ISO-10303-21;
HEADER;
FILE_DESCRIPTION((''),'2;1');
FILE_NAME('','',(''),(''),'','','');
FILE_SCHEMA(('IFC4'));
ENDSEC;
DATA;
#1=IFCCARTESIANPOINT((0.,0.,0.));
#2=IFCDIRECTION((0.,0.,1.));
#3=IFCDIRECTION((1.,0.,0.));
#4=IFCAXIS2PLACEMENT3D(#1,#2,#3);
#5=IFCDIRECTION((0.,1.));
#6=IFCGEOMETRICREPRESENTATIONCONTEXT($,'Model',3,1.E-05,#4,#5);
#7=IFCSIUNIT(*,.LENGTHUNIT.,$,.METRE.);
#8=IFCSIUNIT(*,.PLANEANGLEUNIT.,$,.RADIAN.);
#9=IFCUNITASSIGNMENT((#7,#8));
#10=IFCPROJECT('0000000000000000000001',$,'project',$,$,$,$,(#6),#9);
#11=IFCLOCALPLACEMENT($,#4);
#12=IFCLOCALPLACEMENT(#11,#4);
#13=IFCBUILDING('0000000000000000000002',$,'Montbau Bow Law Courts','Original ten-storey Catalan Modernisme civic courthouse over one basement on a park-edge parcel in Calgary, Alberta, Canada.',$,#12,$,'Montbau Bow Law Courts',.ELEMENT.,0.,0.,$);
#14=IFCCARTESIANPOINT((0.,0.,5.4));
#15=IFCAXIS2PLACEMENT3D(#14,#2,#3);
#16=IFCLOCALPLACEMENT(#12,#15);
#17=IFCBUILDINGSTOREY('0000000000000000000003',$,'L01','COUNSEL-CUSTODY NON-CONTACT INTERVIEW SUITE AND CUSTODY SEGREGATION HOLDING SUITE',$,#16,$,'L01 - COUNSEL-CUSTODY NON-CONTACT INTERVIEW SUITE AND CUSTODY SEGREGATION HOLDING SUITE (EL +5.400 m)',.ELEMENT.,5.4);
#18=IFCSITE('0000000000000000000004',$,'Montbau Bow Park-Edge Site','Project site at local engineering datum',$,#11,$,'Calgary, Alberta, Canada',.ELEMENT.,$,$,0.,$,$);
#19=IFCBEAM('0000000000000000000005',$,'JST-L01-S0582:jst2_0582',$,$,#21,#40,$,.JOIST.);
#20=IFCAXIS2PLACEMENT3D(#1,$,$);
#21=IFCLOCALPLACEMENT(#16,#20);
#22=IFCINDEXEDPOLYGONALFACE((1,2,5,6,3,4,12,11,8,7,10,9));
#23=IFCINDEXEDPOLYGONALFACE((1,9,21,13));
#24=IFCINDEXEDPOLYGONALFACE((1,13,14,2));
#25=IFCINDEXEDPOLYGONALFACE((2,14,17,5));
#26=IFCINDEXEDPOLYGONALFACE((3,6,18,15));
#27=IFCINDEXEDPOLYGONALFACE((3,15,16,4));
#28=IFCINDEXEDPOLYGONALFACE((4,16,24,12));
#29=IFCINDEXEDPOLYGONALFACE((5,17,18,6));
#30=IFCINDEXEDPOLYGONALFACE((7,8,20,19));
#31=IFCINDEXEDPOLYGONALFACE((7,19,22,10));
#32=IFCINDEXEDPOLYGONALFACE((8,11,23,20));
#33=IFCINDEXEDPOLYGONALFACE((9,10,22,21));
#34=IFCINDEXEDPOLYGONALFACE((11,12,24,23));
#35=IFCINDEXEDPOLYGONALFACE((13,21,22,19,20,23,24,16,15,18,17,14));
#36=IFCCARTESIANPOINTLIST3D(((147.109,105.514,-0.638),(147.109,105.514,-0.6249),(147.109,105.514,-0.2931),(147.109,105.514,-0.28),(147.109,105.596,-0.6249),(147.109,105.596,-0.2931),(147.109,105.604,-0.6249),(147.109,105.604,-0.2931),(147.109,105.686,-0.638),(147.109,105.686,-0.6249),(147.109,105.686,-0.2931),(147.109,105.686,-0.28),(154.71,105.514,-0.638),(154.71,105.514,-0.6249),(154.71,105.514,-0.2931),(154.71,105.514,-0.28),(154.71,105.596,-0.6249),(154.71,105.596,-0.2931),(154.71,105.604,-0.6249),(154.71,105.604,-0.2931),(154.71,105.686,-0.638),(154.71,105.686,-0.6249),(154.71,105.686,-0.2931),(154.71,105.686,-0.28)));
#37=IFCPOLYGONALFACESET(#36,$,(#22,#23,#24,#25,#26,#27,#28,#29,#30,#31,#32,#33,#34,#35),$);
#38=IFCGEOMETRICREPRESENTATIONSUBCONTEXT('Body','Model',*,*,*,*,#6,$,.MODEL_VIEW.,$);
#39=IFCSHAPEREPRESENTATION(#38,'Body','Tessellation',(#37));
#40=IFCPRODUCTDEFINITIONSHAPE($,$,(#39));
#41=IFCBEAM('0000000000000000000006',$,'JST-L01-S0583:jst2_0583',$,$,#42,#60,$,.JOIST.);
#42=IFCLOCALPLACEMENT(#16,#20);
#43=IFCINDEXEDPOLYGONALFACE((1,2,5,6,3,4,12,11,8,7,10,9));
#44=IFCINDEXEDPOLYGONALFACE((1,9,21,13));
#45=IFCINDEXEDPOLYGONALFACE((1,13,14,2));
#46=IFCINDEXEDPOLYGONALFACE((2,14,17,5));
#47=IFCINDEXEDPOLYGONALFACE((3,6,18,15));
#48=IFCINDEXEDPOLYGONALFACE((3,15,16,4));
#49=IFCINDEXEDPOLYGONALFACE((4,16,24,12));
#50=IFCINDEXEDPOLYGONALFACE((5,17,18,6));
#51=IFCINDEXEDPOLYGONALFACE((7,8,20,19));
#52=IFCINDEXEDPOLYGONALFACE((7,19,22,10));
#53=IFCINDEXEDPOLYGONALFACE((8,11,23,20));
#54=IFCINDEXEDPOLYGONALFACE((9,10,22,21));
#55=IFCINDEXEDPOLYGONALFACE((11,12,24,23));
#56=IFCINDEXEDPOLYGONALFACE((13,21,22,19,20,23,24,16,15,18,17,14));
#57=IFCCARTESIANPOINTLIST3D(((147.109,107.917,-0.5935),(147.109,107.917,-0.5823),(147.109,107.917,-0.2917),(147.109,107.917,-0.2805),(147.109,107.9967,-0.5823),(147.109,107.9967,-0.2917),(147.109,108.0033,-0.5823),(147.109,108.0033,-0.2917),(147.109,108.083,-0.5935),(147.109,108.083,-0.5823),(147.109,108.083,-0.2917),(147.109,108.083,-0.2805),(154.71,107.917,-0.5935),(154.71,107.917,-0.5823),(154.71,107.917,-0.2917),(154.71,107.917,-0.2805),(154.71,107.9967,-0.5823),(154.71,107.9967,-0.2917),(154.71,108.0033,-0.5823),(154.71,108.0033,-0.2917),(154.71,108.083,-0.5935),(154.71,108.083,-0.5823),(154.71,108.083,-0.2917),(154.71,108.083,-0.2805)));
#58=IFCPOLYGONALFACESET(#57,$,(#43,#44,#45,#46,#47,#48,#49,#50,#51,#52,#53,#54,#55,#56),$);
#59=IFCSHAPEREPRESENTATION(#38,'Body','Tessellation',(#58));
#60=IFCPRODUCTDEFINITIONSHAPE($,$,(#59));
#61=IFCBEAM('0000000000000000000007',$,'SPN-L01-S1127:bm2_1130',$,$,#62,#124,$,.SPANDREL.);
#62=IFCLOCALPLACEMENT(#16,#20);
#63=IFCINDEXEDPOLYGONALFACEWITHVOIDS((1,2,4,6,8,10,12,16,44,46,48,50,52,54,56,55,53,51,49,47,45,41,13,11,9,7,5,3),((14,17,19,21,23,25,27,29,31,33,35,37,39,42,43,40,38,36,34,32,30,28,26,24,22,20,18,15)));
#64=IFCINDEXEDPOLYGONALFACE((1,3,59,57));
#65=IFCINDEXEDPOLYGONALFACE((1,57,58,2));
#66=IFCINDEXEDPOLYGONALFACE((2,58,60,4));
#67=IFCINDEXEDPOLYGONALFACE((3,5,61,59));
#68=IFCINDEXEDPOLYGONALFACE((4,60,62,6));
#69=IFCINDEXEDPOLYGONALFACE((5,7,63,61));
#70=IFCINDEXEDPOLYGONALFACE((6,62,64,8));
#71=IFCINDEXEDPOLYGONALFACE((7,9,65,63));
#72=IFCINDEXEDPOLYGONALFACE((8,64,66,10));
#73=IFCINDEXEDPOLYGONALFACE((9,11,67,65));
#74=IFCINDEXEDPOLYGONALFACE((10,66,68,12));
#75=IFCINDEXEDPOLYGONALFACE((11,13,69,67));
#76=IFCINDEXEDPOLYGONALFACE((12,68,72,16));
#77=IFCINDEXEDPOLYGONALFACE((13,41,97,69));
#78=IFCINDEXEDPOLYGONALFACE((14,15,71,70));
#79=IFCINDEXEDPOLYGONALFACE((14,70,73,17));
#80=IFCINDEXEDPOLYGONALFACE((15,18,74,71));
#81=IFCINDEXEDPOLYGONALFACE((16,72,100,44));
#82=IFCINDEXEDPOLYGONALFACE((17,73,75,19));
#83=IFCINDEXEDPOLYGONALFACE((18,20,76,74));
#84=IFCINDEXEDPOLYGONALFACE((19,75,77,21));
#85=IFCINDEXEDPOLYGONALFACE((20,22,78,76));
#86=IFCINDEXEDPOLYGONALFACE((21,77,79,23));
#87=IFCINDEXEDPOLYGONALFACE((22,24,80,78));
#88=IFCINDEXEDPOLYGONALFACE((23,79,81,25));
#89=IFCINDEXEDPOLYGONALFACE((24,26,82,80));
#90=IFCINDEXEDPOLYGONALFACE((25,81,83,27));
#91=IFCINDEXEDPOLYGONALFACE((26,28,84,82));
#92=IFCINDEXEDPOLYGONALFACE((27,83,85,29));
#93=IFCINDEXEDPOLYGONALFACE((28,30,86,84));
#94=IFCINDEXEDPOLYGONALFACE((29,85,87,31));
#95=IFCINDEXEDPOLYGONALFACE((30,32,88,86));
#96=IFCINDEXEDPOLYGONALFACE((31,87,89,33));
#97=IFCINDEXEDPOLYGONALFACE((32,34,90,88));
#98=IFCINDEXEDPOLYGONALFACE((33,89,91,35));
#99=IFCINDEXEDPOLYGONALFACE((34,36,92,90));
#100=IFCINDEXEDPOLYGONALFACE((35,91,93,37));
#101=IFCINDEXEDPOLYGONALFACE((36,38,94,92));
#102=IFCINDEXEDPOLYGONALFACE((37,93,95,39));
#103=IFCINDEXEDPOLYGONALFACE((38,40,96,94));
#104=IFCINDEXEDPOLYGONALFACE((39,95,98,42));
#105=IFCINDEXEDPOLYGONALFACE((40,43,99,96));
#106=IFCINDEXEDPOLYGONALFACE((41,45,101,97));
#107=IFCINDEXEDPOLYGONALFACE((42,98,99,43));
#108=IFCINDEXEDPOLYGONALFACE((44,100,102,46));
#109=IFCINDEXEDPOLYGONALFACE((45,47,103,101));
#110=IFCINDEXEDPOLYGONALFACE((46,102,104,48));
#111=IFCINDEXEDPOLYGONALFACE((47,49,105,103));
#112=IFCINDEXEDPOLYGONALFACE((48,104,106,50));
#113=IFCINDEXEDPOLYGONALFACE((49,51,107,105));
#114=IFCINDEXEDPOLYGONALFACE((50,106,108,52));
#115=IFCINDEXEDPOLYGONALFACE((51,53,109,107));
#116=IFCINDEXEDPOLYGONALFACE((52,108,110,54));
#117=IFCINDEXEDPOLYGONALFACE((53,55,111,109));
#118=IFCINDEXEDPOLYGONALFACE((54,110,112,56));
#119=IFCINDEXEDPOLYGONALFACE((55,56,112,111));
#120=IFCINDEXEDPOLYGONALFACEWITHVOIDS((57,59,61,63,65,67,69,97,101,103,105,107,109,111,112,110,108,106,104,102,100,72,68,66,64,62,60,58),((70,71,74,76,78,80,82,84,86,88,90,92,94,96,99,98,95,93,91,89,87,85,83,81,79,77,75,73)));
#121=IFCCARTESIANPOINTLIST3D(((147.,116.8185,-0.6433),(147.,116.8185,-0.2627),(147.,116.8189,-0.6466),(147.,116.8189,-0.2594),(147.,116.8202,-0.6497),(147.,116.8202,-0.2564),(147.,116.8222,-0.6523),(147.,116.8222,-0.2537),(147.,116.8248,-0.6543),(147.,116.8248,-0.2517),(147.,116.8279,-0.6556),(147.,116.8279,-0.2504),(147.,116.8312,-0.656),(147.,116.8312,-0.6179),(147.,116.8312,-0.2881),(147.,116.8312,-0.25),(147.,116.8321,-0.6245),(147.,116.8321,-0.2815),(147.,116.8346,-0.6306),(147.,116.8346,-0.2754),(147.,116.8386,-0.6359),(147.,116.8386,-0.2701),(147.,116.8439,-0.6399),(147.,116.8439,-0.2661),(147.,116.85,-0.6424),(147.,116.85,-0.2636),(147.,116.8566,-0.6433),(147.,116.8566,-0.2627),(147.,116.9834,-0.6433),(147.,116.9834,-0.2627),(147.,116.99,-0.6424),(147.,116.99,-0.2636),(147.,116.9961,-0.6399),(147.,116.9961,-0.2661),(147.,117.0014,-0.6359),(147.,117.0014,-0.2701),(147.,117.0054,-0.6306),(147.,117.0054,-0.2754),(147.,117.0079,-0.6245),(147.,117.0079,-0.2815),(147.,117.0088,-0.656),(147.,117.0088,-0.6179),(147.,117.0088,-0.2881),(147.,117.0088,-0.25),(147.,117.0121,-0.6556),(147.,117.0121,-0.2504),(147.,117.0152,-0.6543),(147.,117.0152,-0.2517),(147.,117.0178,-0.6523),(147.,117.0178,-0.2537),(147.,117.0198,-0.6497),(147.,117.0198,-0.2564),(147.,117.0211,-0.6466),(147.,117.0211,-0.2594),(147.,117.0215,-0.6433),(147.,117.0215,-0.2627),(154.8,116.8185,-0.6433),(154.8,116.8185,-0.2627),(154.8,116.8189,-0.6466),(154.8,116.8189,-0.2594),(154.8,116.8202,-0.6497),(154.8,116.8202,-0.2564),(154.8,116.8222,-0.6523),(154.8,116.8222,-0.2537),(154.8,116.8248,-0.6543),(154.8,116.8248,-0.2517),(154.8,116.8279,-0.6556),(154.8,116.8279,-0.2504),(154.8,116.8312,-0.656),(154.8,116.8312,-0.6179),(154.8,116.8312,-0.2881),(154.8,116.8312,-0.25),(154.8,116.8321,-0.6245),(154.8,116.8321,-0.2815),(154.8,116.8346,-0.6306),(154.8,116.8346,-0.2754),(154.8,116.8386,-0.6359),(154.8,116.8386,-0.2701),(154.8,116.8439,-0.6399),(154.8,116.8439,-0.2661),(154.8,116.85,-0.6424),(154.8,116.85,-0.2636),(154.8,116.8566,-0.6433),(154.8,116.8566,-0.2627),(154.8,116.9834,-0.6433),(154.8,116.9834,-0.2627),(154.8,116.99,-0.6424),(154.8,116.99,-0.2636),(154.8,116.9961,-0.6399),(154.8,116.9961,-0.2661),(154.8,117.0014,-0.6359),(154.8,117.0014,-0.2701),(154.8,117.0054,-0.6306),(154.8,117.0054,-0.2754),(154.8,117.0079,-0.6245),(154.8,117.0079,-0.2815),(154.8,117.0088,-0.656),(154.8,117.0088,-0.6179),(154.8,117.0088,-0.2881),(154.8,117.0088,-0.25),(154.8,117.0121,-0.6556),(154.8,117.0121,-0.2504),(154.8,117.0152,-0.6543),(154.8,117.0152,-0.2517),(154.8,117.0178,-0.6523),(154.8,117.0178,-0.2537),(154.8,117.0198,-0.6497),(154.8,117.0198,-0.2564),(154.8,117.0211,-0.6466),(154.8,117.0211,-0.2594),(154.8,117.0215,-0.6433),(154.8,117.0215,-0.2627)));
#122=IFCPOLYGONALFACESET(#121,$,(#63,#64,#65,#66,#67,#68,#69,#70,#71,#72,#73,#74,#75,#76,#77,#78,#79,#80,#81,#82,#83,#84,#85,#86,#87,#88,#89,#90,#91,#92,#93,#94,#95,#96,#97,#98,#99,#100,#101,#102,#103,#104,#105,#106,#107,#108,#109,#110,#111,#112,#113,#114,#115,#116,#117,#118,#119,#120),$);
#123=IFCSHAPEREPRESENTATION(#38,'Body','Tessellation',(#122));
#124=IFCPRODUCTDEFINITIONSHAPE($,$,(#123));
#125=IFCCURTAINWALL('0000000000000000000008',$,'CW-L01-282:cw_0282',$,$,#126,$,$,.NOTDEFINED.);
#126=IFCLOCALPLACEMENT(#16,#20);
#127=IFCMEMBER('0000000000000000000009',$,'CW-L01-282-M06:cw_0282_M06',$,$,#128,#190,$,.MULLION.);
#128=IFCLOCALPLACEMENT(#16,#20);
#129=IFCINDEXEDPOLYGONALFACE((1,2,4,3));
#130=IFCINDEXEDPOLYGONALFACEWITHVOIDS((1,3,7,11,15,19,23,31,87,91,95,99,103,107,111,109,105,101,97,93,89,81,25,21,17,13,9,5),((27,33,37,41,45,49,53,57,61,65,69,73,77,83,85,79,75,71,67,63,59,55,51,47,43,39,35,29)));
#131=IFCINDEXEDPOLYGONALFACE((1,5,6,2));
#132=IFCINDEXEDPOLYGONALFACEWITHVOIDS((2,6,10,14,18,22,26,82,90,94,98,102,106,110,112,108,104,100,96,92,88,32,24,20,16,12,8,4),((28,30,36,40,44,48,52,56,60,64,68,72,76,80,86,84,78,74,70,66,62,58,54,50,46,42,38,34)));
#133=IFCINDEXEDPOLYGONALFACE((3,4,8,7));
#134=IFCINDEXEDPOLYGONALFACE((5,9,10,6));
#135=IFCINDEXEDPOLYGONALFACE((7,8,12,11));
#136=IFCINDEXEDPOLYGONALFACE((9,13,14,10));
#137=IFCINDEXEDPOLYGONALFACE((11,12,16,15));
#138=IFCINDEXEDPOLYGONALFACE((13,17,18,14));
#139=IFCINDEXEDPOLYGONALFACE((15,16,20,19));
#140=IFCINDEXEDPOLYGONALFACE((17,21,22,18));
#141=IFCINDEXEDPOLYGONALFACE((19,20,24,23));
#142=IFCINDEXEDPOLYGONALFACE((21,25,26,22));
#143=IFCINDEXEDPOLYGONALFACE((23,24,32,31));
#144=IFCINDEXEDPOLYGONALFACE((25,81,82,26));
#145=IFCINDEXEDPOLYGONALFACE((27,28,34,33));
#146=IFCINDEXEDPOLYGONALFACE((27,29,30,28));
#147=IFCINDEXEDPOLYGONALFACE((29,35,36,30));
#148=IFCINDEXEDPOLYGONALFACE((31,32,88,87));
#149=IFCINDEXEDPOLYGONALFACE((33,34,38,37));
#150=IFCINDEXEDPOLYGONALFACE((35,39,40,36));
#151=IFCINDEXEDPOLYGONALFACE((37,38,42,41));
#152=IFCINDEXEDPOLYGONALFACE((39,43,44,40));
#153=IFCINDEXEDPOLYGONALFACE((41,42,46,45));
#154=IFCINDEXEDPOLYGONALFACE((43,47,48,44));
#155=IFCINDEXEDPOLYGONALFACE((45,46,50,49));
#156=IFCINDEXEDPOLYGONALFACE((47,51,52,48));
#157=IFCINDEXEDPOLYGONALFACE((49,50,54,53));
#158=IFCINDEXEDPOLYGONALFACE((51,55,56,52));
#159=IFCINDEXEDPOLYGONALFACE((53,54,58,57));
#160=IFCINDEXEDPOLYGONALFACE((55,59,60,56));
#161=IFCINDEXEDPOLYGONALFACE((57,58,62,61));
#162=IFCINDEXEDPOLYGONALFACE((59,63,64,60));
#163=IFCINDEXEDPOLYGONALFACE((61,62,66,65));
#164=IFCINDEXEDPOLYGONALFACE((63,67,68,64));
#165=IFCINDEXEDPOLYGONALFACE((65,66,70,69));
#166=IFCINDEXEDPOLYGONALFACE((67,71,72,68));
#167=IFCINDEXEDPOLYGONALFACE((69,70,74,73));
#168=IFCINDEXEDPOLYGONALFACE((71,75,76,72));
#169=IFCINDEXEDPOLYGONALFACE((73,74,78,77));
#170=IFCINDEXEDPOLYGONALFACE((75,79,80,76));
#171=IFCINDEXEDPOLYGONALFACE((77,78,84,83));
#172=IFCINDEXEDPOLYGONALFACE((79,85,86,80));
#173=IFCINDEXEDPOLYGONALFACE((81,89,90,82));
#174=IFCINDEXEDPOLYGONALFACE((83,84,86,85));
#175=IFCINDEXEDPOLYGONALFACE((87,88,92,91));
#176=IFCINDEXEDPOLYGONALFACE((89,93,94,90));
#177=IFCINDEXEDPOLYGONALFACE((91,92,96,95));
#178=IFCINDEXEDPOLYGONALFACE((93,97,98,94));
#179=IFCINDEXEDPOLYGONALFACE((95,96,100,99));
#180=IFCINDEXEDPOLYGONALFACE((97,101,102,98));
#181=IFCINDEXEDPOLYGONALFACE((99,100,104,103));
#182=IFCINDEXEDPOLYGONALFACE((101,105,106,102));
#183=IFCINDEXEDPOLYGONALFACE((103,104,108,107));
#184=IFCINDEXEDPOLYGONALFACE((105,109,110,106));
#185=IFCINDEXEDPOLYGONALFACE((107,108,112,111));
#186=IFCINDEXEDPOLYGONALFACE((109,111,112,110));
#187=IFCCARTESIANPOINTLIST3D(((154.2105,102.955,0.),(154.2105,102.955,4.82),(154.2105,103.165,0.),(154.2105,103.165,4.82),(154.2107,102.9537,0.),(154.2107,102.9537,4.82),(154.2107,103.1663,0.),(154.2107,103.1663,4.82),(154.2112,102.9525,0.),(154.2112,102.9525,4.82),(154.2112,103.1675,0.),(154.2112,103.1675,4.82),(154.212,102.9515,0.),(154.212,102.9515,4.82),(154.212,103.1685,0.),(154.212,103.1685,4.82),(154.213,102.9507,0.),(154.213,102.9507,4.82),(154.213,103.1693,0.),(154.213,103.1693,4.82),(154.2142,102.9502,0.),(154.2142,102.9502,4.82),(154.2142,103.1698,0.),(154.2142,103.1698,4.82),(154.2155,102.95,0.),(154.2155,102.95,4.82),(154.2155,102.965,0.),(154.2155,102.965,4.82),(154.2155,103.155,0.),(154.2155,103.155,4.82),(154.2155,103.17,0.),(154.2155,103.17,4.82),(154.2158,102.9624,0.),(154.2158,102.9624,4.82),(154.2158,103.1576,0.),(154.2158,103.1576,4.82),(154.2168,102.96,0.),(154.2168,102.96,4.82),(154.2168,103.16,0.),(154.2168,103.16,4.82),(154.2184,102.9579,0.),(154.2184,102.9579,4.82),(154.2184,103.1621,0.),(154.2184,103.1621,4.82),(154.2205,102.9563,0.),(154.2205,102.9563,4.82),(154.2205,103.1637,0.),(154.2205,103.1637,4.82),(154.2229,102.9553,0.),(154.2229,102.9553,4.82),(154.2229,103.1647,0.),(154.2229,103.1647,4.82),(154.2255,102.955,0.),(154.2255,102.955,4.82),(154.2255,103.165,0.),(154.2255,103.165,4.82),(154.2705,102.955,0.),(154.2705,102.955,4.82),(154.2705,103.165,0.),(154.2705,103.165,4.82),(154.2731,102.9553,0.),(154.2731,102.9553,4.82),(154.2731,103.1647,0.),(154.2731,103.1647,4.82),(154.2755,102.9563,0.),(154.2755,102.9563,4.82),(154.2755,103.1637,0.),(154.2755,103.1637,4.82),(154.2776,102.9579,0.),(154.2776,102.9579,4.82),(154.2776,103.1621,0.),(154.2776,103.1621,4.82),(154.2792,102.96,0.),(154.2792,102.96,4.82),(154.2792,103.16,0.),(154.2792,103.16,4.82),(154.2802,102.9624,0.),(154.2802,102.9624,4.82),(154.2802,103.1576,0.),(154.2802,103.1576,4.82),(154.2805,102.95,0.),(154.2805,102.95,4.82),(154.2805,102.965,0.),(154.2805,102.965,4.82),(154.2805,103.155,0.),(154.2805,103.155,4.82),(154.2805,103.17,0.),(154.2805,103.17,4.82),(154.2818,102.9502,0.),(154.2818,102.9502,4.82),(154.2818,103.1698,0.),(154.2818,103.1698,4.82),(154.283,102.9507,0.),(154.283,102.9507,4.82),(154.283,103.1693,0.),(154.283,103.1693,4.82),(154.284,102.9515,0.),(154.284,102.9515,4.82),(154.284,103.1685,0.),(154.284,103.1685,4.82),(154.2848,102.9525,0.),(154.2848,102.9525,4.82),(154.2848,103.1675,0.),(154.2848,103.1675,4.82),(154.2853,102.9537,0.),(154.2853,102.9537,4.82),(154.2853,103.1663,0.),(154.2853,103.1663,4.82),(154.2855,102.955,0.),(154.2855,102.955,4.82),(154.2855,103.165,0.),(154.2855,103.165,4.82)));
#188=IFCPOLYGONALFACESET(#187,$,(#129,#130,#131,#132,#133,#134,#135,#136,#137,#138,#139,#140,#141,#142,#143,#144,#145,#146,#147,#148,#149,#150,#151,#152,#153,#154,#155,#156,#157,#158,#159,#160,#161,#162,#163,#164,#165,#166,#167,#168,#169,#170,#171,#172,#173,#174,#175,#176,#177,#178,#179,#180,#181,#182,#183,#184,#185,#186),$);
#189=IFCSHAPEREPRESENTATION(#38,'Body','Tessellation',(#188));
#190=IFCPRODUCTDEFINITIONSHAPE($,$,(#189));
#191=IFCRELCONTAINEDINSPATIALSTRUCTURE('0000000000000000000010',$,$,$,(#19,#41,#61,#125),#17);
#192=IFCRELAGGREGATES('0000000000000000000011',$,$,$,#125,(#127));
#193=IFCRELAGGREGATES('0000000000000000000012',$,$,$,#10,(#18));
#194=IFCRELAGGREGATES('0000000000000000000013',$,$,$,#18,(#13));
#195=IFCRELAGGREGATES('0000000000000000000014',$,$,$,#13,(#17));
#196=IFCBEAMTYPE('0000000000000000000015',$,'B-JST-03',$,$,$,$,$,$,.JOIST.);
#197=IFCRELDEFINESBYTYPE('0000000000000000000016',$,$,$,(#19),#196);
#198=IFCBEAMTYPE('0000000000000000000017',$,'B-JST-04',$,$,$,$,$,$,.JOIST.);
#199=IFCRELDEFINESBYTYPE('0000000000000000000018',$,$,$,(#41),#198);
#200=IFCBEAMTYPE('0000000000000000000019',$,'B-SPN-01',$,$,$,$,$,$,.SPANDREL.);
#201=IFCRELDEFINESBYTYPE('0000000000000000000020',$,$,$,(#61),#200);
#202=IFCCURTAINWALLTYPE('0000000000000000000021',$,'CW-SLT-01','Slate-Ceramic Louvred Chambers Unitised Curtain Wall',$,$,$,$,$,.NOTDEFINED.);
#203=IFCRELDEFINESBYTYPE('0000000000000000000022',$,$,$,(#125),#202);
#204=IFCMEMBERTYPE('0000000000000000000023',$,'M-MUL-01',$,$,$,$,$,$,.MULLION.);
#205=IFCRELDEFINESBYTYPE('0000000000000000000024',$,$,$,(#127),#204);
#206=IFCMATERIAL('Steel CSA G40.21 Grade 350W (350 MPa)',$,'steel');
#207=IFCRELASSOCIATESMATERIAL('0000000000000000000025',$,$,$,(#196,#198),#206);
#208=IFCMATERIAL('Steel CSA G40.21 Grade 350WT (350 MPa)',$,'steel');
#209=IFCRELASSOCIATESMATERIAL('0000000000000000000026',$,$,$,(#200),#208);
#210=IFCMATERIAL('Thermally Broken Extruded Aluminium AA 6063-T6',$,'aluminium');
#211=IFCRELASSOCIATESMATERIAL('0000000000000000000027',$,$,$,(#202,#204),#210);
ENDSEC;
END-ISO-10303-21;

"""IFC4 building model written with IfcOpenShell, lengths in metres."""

from ifc_helpers import new_model, si_unit, direction, frame, origin_with_axes, origin_2d_with_axis, place, context, subcontext, project, spatial, hollow_rectangle, i_section, extrude, material, material_profile, profile_set, type_object, element, aggregate, save


model = new_model("IFC4")

# Units and contexts
model_context = context("Model", 3, precision=1e-05, world=origin_with_axes(), true_north=direction((0.0, 1.0)))
body_context = subcontext(model_context, "Body", "Model", "MODEL_VIEW")
ifc_project = project(units=[si_unit("LENGTHUNIT", "METRE"), si_unit("PLANEANGLEUNIT", "RADIAN")], contexts=[model_context])

# Site, building, storey
site_placement = place(None, origin_with_axes())
site = spatial("IfcSite", under=ifc_project, at=site_placement, Name="Montbau Bow Park-Edge Site", Description="Project site at local engineering datum", LongName="Calgary, Alberta, Canada", CompositionType="ELEMENT", RefElevation=0.0)
building_placement = place(site_placement, origin_with_axes())
building = spatial("IfcBuilding", under=site, at=building_placement, Name="Montbau Bow Law Courts", Description="Original ten-storey Catalan Modernisme civic courthouse over one basement on a park-edge parcel in Calgary, Alberta, Canada.", LongName="Montbau Bow Law Courts", CompositionType="ELEMENT", ElevationOfRefHeight=0.0, ElevationOfTerrain=0.0)
storey_placement = place(building_placement, frame((0.0, 0.0, 5.4), z_axis=(0.0, 0.0, 1.0), x_axis=(1.0, 0.0, 0.0)))
storey = spatial("IfcBuildingStorey", under=building, at=storey_placement, Name="L01", Description="COUNSEL-CUSTODY NON-CONTACT INTERVIEW SUITE AND CUSTODY SEGREGATION HOLDING SUITE", LongName="L01 - COUNSEL-CUSTODY NON-CONTACT INTERVIEW SUITE AND CUSTODY SEGREGATION HOLDING SUITE (EL +5.400 m)", CompositionType="ELEMENT", Elevation=5.4)

# Beams
ifc_material_1 = material(Name="Steel CSA G40.21 Grade 350W (350 MPa)", Category="steel")
ifc_material_profile_1 = material_profile(ifc_material_1, i_section(OverallWidth=0.172, OverallDepth=0.358, WebThickness=0.0079, FlangeThickness=0.0131, at=origin_2d_with_axis()), Name="W360X57", Category="Main", Priority=0)
ifc_profile_set_1 = profile_set([ifc_material_profile_1], Name="Steel CSA G40.21 Grade 350W (350 MPa)")
beam_type_1 = type_object("IfcBeamType", Name="B-JST-03", PredefinedType="JOIST", material=ifc_profile_set_1)
beam_1_placement = place(None, frame((147.109, 105.6, 4.941), z_axis=(1.0, 0.0, 0.0), x_axis=(0.0, 1.0, 0.0)))
element("IfcBeam", 1, at=beam_1_placement, inside=storey, type_object=beam_type_1, Name="JST-L01-S0582:jst2_0582", PredefinedType="JOIST", context=body_context, shape_type="SweptSolid", body=[
    extrude(i_section(OverallWidth=0.172, OverallDepth=0.358, WebThickness=0.0079, FlangeThickness=0.0131, at=origin_2d_with_axis()), origin_with_axes(), (0.0, 0.0, 1.0), 7.601),
])
ifc_material_profile_2 = material_profile(ifc_material_1, i_section(OverallWidth=0.166, OverallDepth=0.313, WebThickness=0.0066, FlangeThickness=0.0112, at=origin_2d_with_axis()), Name="W310X45", Category="Main", Priority=0)
ifc_profile_set_2 = profile_set([ifc_material_profile_2], Name="Steel CSA G40.21 Grade 350W (350 MPa)")
beam_type_2 = type_object("IfcBeamType", Name="B-JST-04", PredefinedType="JOIST", material=ifc_profile_set_2)
beam_2_placement = place(None, frame((147.109, 108.0, 4.963), z_axis=(1.0, 0.0, 0.0), x_axis=(0.0, 1.0, 0.0)))
element("IfcBeam", 2, at=beam_2_placement, inside=storey, type_object=beam_type_2, Name="JST-L01-S0583:jst2_0583", PredefinedType="JOIST", context=body_context, shape_type="SweptSolid", body=[
    extrude(i_section(OverallWidth=0.166, OverallDepth=0.313, WebThickness=0.0066, FlangeThickness=0.0112, at=origin_2d_with_axis()), origin_with_axes(), (0.0, 0.0, 1.0), 7.601),
])
ifc_material_2 = material(Name="Steel CSA G40.21 Grade 350WT (350 MPa)", Category="steel")
ifc_material_profile_3 = material_profile(ifc_material_2, hollow_rectangle(XDim=0.203, YDim=0.406, WallThickness=0.0127, InnerFilletRadius=0.0254, OuterFilletRadius=0.0127, at=origin_2d_with_axis()), Name="HSS406X203X13", Category="Main", Priority=0)
ifc_profile_set_3 = profile_set([ifc_material_profile_3], Name="Steel CSA G40.21 Grade 350WT (350 MPa)")
beam_type_3 = type_object("IfcBeamType", Name="B-SPN-01", PredefinedType="SPANDREL", material=ifc_profile_set_3)
beam_3_placement = place(None, frame((147.0, 116.92, 4.947), z_axis=(1.0, 0.0, 0.0), x_axis=(0.0, 1.0, 0.0)))
element("IfcBeam", 3, at=beam_3_placement, inside=storey, type_object=beam_type_3, Name="SPN-L01-S1127:bm2_1130", PredefinedType="SPANDREL", context=body_context, shape_type="SweptSolid", body=[
    extrude(hollow_rectangle(XDim=0.203, YDim=0.406, WallThickness=0.0127, InnerFilletRadius=0.0254, OuterFilletRadius=0.0127, at=origin_2d_with_axis()), origin_with_axes(), (0.0, 0.0, 1.0), 7.8),
])

# Curtain wall, member
ifc_material_3 = material(Name="Thermally Broken Extruded Aluminium AA 6063-T6", Category="aluminium")
curtain_wall_type = type_object("IfcCurtainWallType", Name="CW-SLT-01", Description="Slate-Ceramic Louvred Chambers Unitised Curtain Wall", PredefinedType="NOTDEFINED", material=ifc_material_3)
curtain_wall_placement = place(None, frame((147.515, 103.06, 5.4), z_axis=(0.0, 0.0, 1.0), x_axis=(1.0, 0.0, 0.0)))
curtain_wall = element("IfcCurtainWall", 4, at=curtain_wall_placement, inside=storey, type_object=curtain_wall_type, Name="CW-L01-282:cw_0282", PredefinedType="NOTDEFINED")
ifc_material_profile_4 = material_profile(ifc_material_3, hollow_rectangle(XDim=0.075, YDim=0.22, WallThickness=0.005, InnerFilletRadius=0.01, OuterFilletRadius=0.005, at=origin_2d_with_axis()), Name="CWM-220X75", Category="Main", Priority=0)
ifc_profile_set_4 = profile_set([ifc_material_profile_4], Name="Thermally Broken Extruded Aluminium AA 6063-T6")
member_type = type_object("IfcMemberType", Name="M-MUL-01", PredefinedType="MULLION", material=ifc_profile_set_4)
member_placement = place(None, frame((154.248, 103.06, 5.4), z_axis=(0.0, 0.0, 1.0), x_axis=(1.0, 0.0, 0.0)))
member = element("IfcMember", 5, at=member_placement, type_object=member_type, Name="CW-L01-282-M06:cw_0282_M06", PredefinedType="MULLION", context=body_context, shape_type="SweptSolid", body=[
    extrude(hollow_rectangle(XDim=0.075, YDim=0.22, WallThickness=0.005, InnerFilletRadius=0.01, OuterFilletRadius=0.005, at=origin_2d_with_axis()), origin_with_axes(), (0.0, 0.0, 1.0), 4.82),
])
aggregate(curtain_wall, [member])

save(model, "model.ifc")
